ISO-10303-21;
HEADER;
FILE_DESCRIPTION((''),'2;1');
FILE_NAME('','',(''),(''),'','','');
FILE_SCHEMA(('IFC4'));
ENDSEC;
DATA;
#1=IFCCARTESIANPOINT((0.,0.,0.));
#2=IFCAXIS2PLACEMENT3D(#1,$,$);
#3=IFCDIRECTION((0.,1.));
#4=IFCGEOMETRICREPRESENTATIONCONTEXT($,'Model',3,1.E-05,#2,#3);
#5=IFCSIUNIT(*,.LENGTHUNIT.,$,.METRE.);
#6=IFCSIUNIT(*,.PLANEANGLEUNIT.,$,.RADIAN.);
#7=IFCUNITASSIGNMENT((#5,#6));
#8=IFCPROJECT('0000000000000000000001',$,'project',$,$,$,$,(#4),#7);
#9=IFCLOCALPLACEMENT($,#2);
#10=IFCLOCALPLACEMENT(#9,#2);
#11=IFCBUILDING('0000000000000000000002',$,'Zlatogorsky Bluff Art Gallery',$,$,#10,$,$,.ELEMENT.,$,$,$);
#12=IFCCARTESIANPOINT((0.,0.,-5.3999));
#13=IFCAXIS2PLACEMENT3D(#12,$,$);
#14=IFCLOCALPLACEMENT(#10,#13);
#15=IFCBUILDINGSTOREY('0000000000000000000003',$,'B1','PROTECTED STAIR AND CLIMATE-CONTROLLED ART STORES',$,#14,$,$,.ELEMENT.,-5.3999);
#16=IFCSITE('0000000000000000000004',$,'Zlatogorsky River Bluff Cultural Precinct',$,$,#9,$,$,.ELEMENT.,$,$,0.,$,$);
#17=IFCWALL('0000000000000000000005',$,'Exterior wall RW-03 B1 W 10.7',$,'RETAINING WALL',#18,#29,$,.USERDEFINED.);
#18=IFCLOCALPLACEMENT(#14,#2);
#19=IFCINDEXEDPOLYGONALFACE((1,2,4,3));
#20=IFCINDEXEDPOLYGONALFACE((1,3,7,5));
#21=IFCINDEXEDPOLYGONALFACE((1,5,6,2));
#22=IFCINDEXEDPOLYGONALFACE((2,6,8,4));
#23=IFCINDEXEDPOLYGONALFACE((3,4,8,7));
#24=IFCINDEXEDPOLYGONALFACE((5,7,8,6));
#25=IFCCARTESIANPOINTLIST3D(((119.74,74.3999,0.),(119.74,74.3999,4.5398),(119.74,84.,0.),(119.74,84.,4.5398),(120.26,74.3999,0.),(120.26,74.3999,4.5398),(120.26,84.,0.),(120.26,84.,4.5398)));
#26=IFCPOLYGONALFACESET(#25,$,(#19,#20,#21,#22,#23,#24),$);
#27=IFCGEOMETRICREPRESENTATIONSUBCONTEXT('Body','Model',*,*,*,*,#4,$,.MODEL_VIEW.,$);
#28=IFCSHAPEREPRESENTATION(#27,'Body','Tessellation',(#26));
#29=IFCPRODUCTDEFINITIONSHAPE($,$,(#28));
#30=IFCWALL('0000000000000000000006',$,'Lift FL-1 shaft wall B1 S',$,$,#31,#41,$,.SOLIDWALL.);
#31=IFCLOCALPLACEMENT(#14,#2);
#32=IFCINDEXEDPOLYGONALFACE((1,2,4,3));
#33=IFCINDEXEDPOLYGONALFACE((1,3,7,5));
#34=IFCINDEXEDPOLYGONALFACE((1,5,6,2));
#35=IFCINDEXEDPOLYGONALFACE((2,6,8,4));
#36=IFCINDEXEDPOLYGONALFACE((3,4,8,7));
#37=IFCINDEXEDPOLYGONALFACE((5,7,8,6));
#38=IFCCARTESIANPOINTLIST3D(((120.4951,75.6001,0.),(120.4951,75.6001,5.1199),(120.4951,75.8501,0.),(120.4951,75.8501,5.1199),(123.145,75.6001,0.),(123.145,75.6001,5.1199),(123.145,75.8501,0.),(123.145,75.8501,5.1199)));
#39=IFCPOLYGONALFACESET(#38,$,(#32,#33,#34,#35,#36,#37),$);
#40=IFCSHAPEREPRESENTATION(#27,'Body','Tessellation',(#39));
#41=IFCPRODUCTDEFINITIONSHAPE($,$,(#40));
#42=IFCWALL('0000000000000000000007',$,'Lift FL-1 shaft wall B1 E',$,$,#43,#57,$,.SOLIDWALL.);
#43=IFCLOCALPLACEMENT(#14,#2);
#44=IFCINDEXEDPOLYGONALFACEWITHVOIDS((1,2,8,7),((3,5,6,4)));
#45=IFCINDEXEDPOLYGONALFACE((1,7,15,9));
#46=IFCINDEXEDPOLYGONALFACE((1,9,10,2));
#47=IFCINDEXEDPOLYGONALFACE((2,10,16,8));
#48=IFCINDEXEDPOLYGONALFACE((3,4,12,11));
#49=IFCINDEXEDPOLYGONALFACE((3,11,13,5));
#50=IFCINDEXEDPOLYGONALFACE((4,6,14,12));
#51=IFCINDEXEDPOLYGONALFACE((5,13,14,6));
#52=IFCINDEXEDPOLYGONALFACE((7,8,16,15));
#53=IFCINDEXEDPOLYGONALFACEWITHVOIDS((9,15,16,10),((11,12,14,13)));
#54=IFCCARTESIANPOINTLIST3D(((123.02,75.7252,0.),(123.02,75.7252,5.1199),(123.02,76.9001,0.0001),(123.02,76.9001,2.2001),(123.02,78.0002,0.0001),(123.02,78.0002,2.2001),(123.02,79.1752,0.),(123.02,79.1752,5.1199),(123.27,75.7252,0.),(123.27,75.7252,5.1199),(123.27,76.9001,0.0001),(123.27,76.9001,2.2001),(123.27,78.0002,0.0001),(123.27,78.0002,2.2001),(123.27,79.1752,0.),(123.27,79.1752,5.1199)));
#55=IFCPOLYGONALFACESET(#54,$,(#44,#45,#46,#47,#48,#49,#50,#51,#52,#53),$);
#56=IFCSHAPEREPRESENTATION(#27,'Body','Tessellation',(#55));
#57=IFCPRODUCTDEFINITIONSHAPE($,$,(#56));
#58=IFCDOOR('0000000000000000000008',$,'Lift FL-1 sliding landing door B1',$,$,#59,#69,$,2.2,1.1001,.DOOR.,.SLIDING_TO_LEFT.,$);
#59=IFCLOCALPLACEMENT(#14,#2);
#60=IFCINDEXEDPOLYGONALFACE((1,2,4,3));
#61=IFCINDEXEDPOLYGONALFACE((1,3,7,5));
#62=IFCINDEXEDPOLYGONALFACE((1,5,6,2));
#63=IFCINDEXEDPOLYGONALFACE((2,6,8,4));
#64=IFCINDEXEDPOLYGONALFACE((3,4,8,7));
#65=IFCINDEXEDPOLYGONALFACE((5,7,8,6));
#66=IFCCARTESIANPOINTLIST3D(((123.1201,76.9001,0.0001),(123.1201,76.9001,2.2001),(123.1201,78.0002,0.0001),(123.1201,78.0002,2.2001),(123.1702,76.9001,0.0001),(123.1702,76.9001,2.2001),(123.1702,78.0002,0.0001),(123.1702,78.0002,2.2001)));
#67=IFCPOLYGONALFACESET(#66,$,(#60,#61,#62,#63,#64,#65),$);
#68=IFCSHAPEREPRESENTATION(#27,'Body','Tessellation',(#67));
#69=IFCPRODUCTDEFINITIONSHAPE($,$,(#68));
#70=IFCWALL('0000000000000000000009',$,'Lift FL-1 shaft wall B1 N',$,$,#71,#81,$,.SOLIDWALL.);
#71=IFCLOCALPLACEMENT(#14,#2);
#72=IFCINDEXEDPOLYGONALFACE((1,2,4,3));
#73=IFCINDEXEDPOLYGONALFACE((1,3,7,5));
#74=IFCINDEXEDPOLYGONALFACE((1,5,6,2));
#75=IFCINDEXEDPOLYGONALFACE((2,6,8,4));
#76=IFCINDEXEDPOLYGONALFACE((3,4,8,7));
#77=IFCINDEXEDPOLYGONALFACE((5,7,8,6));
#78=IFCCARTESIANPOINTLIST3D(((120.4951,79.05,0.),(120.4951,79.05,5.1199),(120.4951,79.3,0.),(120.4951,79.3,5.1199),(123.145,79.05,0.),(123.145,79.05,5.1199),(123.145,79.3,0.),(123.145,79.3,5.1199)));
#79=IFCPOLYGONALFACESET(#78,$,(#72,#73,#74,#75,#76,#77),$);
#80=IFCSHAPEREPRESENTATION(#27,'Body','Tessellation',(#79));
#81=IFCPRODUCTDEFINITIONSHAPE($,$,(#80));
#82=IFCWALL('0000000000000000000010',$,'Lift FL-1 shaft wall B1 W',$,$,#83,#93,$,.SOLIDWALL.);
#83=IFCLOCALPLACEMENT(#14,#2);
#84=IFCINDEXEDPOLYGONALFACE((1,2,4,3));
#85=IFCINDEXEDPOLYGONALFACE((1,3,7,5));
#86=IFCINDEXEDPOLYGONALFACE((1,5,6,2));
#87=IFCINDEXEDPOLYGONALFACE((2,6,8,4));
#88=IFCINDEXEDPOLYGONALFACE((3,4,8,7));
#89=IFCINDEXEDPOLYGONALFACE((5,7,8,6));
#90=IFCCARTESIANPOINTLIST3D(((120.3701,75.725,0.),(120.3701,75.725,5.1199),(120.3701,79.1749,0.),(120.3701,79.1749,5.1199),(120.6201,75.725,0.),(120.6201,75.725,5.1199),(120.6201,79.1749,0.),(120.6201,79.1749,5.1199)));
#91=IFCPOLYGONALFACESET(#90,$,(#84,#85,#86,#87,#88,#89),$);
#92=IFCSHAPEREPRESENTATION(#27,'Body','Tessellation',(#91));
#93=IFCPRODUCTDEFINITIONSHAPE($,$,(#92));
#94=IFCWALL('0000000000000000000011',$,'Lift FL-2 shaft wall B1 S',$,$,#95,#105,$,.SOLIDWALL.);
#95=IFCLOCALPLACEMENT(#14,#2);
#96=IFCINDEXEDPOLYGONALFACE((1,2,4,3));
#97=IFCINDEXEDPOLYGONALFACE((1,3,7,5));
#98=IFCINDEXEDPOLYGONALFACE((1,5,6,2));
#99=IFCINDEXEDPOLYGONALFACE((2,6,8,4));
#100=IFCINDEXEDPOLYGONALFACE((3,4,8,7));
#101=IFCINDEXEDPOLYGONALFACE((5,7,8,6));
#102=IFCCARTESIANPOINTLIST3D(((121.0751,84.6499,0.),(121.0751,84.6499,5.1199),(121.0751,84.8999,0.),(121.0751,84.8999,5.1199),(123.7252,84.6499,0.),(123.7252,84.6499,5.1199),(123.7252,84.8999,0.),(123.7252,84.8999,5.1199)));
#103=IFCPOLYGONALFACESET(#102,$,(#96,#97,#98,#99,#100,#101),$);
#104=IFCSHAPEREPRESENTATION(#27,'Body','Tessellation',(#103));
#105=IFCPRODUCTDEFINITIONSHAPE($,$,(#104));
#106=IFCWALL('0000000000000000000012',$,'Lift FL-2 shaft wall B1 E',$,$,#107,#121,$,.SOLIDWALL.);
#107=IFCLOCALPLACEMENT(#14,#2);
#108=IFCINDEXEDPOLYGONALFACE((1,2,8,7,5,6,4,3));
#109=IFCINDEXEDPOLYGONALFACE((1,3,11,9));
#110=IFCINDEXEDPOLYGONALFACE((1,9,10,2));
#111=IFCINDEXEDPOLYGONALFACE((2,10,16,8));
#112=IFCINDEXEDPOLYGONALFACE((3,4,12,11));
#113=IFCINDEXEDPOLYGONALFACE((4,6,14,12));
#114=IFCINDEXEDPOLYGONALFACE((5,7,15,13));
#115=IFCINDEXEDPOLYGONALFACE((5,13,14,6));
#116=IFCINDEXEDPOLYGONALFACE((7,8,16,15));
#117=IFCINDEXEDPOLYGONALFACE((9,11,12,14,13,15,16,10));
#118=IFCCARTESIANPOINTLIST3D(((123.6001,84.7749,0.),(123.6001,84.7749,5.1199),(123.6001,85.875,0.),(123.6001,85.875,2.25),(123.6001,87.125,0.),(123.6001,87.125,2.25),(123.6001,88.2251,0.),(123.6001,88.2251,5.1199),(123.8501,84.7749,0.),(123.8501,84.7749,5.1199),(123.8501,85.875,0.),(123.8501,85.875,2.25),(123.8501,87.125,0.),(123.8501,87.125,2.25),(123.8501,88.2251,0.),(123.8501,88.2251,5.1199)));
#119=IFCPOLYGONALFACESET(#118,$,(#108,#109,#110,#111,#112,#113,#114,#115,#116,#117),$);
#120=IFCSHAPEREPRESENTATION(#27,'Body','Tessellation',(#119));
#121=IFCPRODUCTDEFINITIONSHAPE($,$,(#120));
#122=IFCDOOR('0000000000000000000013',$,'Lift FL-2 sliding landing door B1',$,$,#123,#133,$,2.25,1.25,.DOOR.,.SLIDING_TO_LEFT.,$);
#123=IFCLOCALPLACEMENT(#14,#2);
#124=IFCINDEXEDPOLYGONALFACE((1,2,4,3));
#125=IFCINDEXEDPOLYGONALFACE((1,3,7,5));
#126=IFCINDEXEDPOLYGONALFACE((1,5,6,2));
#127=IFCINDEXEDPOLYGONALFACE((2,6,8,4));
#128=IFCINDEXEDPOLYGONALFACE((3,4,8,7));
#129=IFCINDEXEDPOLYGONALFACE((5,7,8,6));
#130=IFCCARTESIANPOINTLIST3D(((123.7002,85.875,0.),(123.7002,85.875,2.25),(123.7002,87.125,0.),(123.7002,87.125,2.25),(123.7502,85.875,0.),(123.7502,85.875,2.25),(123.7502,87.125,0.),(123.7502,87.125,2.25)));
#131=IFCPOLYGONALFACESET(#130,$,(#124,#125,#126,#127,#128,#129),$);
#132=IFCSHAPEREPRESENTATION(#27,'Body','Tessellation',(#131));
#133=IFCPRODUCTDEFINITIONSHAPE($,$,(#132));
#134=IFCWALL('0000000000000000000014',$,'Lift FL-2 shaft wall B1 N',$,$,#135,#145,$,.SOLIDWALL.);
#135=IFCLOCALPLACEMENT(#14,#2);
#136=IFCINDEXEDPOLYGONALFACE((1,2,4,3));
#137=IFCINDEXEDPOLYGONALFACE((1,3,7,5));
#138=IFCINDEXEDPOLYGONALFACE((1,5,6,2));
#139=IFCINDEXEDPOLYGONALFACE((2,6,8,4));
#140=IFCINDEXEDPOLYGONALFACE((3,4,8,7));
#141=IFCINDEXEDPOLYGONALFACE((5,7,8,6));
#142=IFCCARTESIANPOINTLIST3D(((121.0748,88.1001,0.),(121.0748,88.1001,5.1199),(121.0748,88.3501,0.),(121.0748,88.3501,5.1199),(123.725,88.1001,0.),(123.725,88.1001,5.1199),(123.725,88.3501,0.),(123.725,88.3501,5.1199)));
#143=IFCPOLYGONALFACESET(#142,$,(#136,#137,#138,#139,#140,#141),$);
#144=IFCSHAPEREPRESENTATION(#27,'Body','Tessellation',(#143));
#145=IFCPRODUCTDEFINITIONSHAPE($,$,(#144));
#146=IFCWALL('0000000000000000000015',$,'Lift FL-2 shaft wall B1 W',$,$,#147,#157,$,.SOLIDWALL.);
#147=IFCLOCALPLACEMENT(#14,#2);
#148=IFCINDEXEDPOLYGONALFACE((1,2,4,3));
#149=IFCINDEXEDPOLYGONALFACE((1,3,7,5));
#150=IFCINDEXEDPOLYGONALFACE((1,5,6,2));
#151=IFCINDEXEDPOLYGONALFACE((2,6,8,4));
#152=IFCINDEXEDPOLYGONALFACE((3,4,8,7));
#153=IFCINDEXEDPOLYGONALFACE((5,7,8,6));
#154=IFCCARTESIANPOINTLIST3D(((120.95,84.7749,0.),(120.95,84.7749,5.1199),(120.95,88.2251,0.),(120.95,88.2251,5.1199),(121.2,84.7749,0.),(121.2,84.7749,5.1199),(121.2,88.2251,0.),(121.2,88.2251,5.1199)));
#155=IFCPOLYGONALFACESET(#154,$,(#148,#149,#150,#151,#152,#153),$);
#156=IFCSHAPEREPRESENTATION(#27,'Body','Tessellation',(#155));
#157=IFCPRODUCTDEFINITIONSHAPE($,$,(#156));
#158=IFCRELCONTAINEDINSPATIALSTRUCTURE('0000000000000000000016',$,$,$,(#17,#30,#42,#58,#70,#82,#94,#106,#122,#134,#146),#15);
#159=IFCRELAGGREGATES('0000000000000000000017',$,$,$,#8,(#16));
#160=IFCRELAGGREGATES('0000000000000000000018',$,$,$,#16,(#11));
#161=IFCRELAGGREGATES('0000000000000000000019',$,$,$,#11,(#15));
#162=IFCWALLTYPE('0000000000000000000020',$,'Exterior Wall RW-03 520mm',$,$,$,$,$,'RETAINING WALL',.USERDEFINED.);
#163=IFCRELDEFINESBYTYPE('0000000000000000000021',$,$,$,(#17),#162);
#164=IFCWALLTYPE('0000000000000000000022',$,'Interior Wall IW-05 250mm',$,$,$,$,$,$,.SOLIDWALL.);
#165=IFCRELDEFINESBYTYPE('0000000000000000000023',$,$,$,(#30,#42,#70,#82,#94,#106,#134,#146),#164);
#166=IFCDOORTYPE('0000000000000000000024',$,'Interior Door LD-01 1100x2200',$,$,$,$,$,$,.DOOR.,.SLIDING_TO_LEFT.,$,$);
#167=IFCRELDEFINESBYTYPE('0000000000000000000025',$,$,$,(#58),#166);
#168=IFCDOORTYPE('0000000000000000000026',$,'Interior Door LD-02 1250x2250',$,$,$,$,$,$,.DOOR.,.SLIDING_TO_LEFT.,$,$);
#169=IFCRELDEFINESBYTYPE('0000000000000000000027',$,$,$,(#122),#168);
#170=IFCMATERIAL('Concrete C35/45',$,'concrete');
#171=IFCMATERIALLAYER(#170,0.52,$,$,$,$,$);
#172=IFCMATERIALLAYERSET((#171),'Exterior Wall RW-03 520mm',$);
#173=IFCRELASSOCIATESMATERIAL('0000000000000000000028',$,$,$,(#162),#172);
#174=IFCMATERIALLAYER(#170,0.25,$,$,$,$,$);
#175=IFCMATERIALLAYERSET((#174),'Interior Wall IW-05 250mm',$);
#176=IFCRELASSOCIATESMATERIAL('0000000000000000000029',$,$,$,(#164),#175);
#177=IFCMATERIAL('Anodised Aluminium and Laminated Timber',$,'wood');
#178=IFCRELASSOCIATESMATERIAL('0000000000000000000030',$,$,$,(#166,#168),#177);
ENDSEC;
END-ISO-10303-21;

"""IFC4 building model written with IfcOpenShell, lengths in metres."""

from ifc_helpers import new_model, si_unit, direction, frame, frame_2d, origin, place, context, subcontext, project, spatial, rectangle, extrude, material, layer, layer_set, type_object, element, fill, save


model = new_model("IFC4")

# Units and contexts
model_context = context("Model", 3, precision=1e-05, world=origin(), true_north=direction((0.0, 1.0)))
body_context = subcontext(model_context, "Body", "Model", "MODEL_VIEW")
ifc_project = project(units=[si_unit("LENGTHUNIT", "METRE"), si_unit("PLANEANGLEUNIT", "RADIAN")], contexts=[model_context])

# Site, building, storey
site_placement = place(None, origin())
site = spatial("IfcSite", under=ifc_project, at=site_placement, Name="Zlatogorsky River Bluff Cultural Precinct", CompositionType="ELEMENT", RefElevation=0.0)
building_placement = place(site_placement, origin())
building = spatial("IfcBuilding", under=site, at=building_placement, Name="Zlatogorsky Bluff Art Gallery", CompositionType="ELEMENT")
storey_placement = place(building_placement, frame((0.0, 0.0, -5.3999)))
storey = spatial("IfcBuildingStorey", under=building, at=storey_placement, Name="B1", Description="PROTECTED STAIR AND CLIMATE-CONTROLLED ART STORES", CompositionType="ELEMENT", Elevation=-5.3999)

# Shared definitions
ifc_material_1 = material(Name="Concrete C35/45", Category="concrete")

# Wall
ifc_layer_1 = layer(ifc_material_1, 0.52)
ifc_layer_set_1 = layer_set([ifc_layer_1], Name="Exterior Wall RW-03 520mm")
wall_type_1 = type_object("IfcWallType", Name="Exterior Wall RW-03 520mm", ElementType="RETAINING WALL", PredefinedType="USERDEFINED", material=ifc_layer_set_1)
wall_1_placement = place(storey_placement, frame((120.0, 84.0, 0.0), z_axis=(0.0, 0.0, 1.0), x_axis=(0.0, -1.0, 0.0)))
element("IfcWall", 1, at=wall_1_placement, inside=storey, type_object=wall_type_1, Name="Exterior wall RW-03 B1 W 10.7", ObjectType="RETAINING WALL", PredefinedType="USERDEFINED", context=body_context, shape_type="SweptSolid", body=[
    extrude(rectangle(XDim=9.6001, YDim=0.52, at=frame_2d((4.8, 0.0))), origin(), (0.0, 0.0, 1.0), 4.5398),
])

# Shared definitions
ifc_material_2 = material(Name="Anodised Aluminium and Laminated Timber", Category="wood")

# Wall
ifc_layer_2 = layer(ifc_material_1, 0.25)
ifc_layer_set_2 = layer_set([ifc_layer_2], Name="Interior Wall IW-05 250mm")
wall_type_2 = type_object("IfcWallType", Name="Interior Wall IW-05 250mm", PredefinedType="SOLIDWALL", material=ifc_layer_set_2)
wall_2_placement = place(storey_placement, frame((120.4951, 75.7251, 0.0), z_axis=(0.0, 0.0, 1.0), x_axis=(1.0, 0.0, 0.0)))
element("IfcWall", 2, at=wall_2_placement, inside=storey, type_object=wall_type_2, Name="Lift FL-1 shaft wall B1 S", PredefinedType="SOLIDWALL", context=body_context, shape_type="SweptSolid", body=[
    extrude(rectangle(XDim=2.6499, YDim=0.25, at=frame_2d((1.325, 0.0))), origin(), (0.0, 0.0, 1.0), 5.1199),
])

# Wall, opening, door
wall_3_placement = place(storey_placement, frame((123.145, 75.7251, 0.0), z_axis=(0.0, 0.0, 1.0), x_axis=(0.0, 1.0, 0.0)))
wall_3 = element("IfcWall", 3, at=wall_3_placement, inside=storey, type_object=wall_type_2, Name="Lift FL-1 shaft wall B1 E", PredefinedType="SOLIDWALL", context=body_context, shape_type="SweptSolid", body=[
    extrude(rectangle(XDim=3.45, YDim=0.25, at=frame_2d((1.7251, 0.0))), origin(), (0.0, 0.0, 1.0), 5.1199),
])
opening_1_placement = place(wall_3_placement, frame((1.175, 0.0, 0.0)))
opening_1 = element("IfcOpeningElement", 4, at=opening_1_placement, cuts=wall_3, PredefinedType="OPENING", context=body_context, shape_type="SweptSolid", body=[
    extrude(rectangle(XDim=1.1001, YDim=2.2, at=frame_2d((0.55, 1.1001))), frame((0.0, 0.135, 0.0), z_axis=(0.0, -1.0, 0.0), x_axis=(1.0, 0.0, 0.0)), (0.0, 0.0, 1.0), 0.27),
])
door_type_1 = type_object("IfcDoorType", Name="Interior Door LD-01 1100x2200", OperationType="SLIDING_TO_LEFT", PredefinedType="DOOR", material=ifc_material_2)
door_1_placement = place(opening_1_placement, origin())
door_1 = element("IfcDoor", 5, at=door_1_placement, inside=storey, type_object=door_type_1, Name="Lift FL-1 sliding landing door B1", OperationType="SLIDING_TO_LEFT", OverallHeight=2.2, OverallWidth=1.1001, PredefinedType="DOOR", context=body_context, shape_type="SweptSolid", body=[
    extrude(rectangle(XDim=1.1001, YDim=2.2, at=frame_2d((0.55, 1.1001))), frame((0.0, 0.0249, 0.0), z_axis=(0.0, -1.0, 0.0), x_axis=(1.0, 0.0, 0.0)), (0.0, 0.0, 1.0), 0.05),
])
fill(opening_1, door_1)

# Walls
wall_4_placement = place(storey_placement, frame((123.145, 79.175, 0.0), z_axis=(0.0, 0.0, 1.0), x_axis=(-1.0, 0.0, 0.0)))
element("IfcWall", 6, at=wall_4_placement, inside=storey, type_object=wall_type_2, Name="Lift FL-1 shaft wall B1 N", PredefinedType="SOLIDWALL", context=body_context, shape_type="SweptSolid", body=[
    extrude(rectangle(XDim=2.6499, YDim=0.25, at=frame_2d((1.325, 0.0))), origin(), (0.0, 0.0, 1.0), 5.1199),
])
wall_5_placement = place(storey_placement, frame((120.4951, 79.175, 0.0), z_axis=(0.0, 0.0, 1.0), x_axis=(0.0, -1.0, 0.0)))
element("IfcWall", 7, at=wall_5_placement, inside=storey, type_object=wall_type_2, Name="Lift FL-1 shaft wall B1 W", PredefinedType="SOLIDWALL", context=body_context, shape_type="SweptSolid", body=[
    extrude(rectangle(XDim=3.45, YDim=0.25, at=frame_2d((1.7251, 0.0))), origin(), (0.0, 0.0, 1.0), 5.1199),
])
wall_6_placement = place(storey_placement, frame((121.075, 84.7749, 0.0), z_axis=(0.0, 0.0, 1.0), x_axis=(1.0, 0.0, 0.0)))
element("IfcWall", 8, at=wall_6_placement, inside=storey, type_object=wall_type_2, Name="Lift FL-2 shaft wall B1 S", PredefinedType="SOLIDWALL", context=body_context, shape_type="SweptSolid", body=[
    extrude(rectangle(XDim=2.6501, YDim=0.25, at=frame_2d((1.3252, 0.0))), origin(), (0.0, 0.0, 1.0), 5.1199),
])

# Wall, opening, door
wall_7_placement = place(storey_placement, frame((123.7251, 84.7749, 0.0), z_axis=(0.0, 0.0, 1.0), x_axis=(0.0, 1.0, 0.0)))
wall_7 = element("IfcWall", 9, at=wall_7_placement, inside=storey, type_object=wall_type_2, Name="Lift FL-2 shaft wall B1 E", PredefinedType="SOLIDWALL", context=body_context, shape_type="SweptSolid", body=[
    extrude(rectangle(XDim=3.4502, YDim=0.25, at=frame_2d((1.7251, 0.0))), origin(), (0.0, 0.0, 1.0), 5.1199),
])
opening_2_placement = place(wall_7_placement, frame((1.1001, 0.0, 0.0)))
opening_2 = element("IfcOpeningElement", 10, at=opening_2_placement, cuts=wall_7, PredefinedType="OPENING", context=body_context, shape_type="SweptSolid", body=[
    extrude(rectangle(XDim=1.25, YDim=2.25, at=frame_2d((0.625, 1.125))), frame((0.0, 0.135, 0.0), z_axis=(0.0, -1.0, 0.0), x_axis=(1.0, 0.0, 0.0)), (0.0, 0.0, 1.0), 0.27),
])
door_type_2 = type_object("IfcDoorType", Name="Interior Door LD-02 1250x2250", OperationType="SLIDING_TO_LEFT", PredefinedType="DOOR", material=ifc_material_2)
door_2_placement = place(opening_2_placement, origin())
door_2 = element("IfcDoor", 11, at=door_2_placement, inside=storey, type_object=door_type_2, Name="Lift FL-2 sliding landing door B1", OperationType="SLIDING_TO_LEFT", OverallHeight=2.25, OverallWidth=1.25, PredefinedType="DOOR", context=body_context, shape_type="SweptSolid", body=[
    extrude(rectangle(XDim=1.25, YDim=2.25, at=frame_2d((0.625, 1.125))), frame((0.0, 0.0249, 0.0), z_axis=(0.0, -1.0, 0.0), x_axis=(1.0, 0.0, 0.0)), (0.0, 0.0, 1.0), 0.05),
])
fill(opening_2, door_2)

# Walls
wall_8_placement = place(storey_placement, frame((123.7251, 88.2251, 0.0), z_axis=(0.0, 0.0, 1.0), x_axis=(-1.0, 0.0, 0.0)))
element("IfcWall", 12, at=wall_8_placement, inside=storey, type_object=wall_type_2, Name="Lift FL-2 shaft wall B1 N", PredefinedType="SOLIDWALL", context=body_context, shape_type="SweptSolid", body=[
    extrude(rectangle(XDim=2.6501, YDim=0.25, at=frame_2d((1.3252, 0.0))), origin(), (0.0, 0.0, 1.0), 5.1199),
])
wall_9_placement = place(storey_placement, frame((121.075, 88.2251, 0.0), z_axis=(0.0, 0.0, 1.0), x_axis=(0.0, -1.0, 0.0)))
element("IfcWall", 13, at=wall_9_placement, inside=storey, type_object=wall_type_2, Name="Lift FL-2 shaft wall B1 W", PredefinedType="SOLIDWALL", context=body_context, shape_type="SweptSolid", body=[
    extrude(rectangle(XDim=3.4502, YDim=0.25, at=frame_2d((1.7251, 0.0))), origin(), (0.0, 0.0, 1.0), 5.1199),
])

save(model, "model.ifc")
